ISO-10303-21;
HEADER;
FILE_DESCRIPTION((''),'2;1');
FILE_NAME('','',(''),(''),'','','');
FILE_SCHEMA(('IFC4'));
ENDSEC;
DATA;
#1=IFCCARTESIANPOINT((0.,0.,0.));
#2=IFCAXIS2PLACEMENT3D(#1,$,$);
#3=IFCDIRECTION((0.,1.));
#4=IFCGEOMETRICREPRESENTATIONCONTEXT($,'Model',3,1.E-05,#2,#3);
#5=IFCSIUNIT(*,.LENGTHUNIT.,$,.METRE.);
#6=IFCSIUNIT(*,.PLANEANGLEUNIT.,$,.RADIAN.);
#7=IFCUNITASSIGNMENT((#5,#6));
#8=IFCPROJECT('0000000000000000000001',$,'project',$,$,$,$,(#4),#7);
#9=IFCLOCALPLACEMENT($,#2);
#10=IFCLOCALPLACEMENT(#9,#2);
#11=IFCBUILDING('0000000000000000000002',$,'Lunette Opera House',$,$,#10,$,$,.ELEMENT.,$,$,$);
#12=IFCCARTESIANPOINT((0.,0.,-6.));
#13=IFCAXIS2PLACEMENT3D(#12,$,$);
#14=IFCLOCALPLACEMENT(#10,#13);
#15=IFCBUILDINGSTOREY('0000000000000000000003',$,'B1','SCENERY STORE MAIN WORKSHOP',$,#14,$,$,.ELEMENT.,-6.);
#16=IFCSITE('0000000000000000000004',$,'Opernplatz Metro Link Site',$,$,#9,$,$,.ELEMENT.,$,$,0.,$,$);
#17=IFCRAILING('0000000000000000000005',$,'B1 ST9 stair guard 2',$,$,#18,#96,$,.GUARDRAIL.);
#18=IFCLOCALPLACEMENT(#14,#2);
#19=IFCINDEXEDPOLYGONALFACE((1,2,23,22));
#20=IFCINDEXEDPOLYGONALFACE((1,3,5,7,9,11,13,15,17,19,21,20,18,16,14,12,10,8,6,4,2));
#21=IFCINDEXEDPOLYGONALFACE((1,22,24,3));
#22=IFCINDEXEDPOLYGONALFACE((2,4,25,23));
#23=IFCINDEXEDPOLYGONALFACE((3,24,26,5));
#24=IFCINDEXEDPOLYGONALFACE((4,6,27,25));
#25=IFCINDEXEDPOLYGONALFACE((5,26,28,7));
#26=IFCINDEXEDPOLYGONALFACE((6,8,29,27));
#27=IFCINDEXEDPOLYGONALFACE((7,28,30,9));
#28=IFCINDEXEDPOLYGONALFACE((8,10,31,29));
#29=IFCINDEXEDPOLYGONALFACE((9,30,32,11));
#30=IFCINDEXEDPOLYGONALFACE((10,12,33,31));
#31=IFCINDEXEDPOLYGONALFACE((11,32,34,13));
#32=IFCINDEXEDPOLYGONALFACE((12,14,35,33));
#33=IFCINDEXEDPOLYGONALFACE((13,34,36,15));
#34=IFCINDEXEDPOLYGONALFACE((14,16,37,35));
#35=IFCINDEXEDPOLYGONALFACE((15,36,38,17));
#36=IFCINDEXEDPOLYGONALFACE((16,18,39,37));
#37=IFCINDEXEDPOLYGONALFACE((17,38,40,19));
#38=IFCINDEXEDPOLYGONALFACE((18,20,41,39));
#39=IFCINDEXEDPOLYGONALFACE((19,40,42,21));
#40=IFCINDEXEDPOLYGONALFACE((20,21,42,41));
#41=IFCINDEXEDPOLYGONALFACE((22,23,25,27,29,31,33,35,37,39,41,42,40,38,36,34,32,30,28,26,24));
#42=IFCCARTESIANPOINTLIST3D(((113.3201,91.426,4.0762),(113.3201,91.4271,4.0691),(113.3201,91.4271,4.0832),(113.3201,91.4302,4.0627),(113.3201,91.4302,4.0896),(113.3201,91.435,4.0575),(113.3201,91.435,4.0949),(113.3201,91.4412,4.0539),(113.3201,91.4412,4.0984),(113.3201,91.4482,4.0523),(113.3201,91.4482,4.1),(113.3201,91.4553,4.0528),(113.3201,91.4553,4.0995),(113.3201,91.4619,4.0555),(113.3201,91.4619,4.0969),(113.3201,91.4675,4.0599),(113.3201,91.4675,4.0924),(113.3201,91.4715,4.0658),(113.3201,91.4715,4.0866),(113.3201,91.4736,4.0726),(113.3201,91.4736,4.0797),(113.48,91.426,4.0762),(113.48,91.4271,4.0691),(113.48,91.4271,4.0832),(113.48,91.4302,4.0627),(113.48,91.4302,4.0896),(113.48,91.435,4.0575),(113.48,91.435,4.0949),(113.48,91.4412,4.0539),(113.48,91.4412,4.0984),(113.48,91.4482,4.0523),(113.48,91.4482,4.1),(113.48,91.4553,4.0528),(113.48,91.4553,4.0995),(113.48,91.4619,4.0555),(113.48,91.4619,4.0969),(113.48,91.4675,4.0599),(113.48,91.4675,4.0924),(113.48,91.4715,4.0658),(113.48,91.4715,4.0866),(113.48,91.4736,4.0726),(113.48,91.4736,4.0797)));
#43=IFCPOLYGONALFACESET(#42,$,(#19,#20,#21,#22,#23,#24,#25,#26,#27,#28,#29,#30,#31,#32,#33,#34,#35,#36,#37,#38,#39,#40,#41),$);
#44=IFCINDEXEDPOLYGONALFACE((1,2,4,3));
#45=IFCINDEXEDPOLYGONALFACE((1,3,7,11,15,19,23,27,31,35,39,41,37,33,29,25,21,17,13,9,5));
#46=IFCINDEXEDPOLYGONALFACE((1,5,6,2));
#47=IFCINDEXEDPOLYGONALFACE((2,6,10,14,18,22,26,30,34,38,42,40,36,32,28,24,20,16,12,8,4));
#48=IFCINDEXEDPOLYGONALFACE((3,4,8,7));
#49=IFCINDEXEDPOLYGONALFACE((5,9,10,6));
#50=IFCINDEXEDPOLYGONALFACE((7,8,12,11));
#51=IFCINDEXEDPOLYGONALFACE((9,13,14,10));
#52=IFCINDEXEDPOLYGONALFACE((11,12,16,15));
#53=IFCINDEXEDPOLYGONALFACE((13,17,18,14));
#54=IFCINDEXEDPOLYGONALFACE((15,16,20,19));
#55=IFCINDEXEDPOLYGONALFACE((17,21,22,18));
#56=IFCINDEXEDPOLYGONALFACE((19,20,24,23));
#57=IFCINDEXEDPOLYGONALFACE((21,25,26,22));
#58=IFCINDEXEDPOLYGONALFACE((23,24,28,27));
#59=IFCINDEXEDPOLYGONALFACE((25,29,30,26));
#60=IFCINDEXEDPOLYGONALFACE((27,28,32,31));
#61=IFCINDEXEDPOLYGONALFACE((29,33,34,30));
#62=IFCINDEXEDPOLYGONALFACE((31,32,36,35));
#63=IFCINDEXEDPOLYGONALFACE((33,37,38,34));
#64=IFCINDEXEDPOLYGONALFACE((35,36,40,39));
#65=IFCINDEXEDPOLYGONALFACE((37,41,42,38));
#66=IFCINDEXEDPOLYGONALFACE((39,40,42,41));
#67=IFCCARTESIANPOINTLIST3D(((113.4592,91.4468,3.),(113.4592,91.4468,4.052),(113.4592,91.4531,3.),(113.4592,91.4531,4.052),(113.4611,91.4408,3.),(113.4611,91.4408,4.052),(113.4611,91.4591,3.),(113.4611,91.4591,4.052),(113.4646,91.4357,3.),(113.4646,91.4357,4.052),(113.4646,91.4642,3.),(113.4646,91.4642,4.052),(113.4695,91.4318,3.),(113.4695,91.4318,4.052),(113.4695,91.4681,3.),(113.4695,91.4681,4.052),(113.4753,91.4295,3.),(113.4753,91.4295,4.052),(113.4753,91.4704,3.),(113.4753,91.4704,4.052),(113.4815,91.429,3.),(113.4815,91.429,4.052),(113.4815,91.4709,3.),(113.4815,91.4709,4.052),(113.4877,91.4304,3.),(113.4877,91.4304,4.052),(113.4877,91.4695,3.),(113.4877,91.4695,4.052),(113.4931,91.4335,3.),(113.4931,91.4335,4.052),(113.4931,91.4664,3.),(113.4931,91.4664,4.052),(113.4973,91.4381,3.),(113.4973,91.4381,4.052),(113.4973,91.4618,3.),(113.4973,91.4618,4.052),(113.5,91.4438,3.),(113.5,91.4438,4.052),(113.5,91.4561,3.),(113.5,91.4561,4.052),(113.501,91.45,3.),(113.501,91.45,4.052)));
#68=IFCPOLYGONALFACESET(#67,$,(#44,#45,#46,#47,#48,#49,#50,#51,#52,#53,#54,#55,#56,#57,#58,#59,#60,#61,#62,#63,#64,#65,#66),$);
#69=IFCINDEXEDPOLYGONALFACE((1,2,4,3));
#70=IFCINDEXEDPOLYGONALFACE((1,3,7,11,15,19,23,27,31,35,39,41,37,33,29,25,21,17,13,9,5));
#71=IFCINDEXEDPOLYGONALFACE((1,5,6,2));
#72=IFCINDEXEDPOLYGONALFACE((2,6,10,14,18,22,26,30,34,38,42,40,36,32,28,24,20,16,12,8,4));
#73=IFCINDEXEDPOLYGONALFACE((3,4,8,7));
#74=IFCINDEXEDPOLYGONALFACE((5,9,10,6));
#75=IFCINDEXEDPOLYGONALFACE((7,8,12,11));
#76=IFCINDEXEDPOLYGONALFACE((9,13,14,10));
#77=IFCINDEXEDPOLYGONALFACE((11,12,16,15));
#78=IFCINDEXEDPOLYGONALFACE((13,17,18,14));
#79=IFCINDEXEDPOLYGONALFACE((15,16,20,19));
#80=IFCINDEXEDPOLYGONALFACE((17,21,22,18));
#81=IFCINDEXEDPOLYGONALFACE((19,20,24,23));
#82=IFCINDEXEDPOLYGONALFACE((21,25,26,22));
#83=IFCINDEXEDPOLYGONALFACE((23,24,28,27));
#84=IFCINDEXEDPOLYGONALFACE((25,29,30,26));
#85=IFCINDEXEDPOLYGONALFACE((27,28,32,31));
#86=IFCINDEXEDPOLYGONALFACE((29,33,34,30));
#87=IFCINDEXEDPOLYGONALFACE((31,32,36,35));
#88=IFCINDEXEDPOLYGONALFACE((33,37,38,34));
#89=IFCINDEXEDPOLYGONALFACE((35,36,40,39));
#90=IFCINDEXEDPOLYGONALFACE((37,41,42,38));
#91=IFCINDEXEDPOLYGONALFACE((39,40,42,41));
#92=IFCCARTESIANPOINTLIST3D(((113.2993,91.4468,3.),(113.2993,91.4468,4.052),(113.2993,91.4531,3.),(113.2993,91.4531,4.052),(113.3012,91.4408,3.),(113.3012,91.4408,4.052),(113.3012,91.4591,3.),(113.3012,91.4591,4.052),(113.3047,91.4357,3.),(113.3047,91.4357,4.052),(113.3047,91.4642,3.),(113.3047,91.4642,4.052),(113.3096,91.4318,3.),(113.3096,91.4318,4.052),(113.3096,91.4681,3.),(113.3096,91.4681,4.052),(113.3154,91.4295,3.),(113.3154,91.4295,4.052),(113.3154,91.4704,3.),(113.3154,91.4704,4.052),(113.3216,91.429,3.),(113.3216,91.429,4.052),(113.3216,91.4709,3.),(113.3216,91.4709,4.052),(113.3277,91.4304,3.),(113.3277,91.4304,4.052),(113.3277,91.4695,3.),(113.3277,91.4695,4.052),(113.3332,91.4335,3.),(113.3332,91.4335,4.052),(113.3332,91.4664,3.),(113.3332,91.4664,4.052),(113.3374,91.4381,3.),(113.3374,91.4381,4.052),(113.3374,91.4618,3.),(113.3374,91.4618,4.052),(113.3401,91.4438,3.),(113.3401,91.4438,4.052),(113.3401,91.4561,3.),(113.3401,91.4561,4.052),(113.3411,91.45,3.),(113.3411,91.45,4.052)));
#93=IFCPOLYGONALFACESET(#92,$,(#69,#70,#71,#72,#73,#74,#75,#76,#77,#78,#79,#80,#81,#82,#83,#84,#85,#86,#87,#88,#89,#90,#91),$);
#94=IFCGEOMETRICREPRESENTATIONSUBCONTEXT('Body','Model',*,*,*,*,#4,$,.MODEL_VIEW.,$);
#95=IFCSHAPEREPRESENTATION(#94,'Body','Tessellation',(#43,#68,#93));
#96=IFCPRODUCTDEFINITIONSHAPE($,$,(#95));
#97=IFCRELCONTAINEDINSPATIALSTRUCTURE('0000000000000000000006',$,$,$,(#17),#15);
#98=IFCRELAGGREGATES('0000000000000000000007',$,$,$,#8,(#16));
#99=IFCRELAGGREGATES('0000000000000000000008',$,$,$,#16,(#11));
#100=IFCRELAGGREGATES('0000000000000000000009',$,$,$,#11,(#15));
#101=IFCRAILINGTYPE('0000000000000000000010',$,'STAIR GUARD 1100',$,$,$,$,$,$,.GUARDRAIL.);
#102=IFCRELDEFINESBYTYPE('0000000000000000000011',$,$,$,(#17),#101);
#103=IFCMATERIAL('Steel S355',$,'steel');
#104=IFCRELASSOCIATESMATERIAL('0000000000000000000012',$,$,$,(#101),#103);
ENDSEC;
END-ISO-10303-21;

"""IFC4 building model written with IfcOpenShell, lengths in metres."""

from ifc_helpers import new_model, si_unit, direction, frame, origin, origin_2d, place, context, subcontext, project, spatial, circle, extrude, material, type_object, element, save


model = new_model("IFC4")

# Units and contexts
model_context = context("Model", 3, precision=1e-05, world=origin(), true_north=direction((0.0, 1.0)))
body_context = subcontext(model_context, "Body", "Model", "MODEL_VIEW")
ifc_project = project(units=[si_unit("LENGTHUNIT", "METRE"), si_unit("PLANEANGLEUNIT", "RADIAN")], contexts=[model_context])

# Site, building, storey
site_placement = place(None, origin())
site = spatial("IfcSite", under=ifc_project, at=site_placement, Name="Opernplatz Metro Link Site", CompositionType="ELEMENT", RefElevation=0.0)
building_placement = place(site_placement, origin())
building = spatial("IfcBuilding", under=site, at=building_placement, Name="Lunette Opera House", CompositionType="ELEMENT")
storey_placement = place(building_placement, frame((0.0, 0.0, -6.0)))
storey = spatial("IfcBuildingStorey", under=building, at=storey_placement, Name="B1", Description="SCENERY STORE MAIN WORKSHOP", CompositionType="ELEMENT", Elevation=-6.0)

# Railing
ifc_material_1 = material(Name="Steel S355", Category="steel")
railing_type_1 = type_object("IfcRailingType", Name="STAIR GUARD 1100", PredefinedType="GUARDRAIL", material=ifc_material_1)
railing_1_placement = place(storey_placement, frame((113.48, 91.45, 3.0)))
element("IfcRailing", 1, at=railing_1_placement, inside=storey, type_object=railing_type_1, Name="B1 ST9 stair guard 2", PredefinedType="GUARDRAIL", context=body_context, shape_type="SweptSolid", body=[
    extrude(circle(Radius=0.0239, at=origin_2d()), frame((0.0, 0.0, 1.0762), z_axis=(-1.0, 0.0, 0.0), x_axis=(0.0, -1.0, 0.0)), (0.0, 0.0, 1.0), 0.1599),
    extrude(circle(Radius=0.021, at=origin_2d()), origin(), (0.0, 0.0, 1.0), 1.052),
    extrude(circle(Radius=0.021, at=origin_2d()), frame((-0.1599, 0.0, 0.0)), (0.0, 0.0, 1.0), 1.052),
])

save(model, "model.ifc")
